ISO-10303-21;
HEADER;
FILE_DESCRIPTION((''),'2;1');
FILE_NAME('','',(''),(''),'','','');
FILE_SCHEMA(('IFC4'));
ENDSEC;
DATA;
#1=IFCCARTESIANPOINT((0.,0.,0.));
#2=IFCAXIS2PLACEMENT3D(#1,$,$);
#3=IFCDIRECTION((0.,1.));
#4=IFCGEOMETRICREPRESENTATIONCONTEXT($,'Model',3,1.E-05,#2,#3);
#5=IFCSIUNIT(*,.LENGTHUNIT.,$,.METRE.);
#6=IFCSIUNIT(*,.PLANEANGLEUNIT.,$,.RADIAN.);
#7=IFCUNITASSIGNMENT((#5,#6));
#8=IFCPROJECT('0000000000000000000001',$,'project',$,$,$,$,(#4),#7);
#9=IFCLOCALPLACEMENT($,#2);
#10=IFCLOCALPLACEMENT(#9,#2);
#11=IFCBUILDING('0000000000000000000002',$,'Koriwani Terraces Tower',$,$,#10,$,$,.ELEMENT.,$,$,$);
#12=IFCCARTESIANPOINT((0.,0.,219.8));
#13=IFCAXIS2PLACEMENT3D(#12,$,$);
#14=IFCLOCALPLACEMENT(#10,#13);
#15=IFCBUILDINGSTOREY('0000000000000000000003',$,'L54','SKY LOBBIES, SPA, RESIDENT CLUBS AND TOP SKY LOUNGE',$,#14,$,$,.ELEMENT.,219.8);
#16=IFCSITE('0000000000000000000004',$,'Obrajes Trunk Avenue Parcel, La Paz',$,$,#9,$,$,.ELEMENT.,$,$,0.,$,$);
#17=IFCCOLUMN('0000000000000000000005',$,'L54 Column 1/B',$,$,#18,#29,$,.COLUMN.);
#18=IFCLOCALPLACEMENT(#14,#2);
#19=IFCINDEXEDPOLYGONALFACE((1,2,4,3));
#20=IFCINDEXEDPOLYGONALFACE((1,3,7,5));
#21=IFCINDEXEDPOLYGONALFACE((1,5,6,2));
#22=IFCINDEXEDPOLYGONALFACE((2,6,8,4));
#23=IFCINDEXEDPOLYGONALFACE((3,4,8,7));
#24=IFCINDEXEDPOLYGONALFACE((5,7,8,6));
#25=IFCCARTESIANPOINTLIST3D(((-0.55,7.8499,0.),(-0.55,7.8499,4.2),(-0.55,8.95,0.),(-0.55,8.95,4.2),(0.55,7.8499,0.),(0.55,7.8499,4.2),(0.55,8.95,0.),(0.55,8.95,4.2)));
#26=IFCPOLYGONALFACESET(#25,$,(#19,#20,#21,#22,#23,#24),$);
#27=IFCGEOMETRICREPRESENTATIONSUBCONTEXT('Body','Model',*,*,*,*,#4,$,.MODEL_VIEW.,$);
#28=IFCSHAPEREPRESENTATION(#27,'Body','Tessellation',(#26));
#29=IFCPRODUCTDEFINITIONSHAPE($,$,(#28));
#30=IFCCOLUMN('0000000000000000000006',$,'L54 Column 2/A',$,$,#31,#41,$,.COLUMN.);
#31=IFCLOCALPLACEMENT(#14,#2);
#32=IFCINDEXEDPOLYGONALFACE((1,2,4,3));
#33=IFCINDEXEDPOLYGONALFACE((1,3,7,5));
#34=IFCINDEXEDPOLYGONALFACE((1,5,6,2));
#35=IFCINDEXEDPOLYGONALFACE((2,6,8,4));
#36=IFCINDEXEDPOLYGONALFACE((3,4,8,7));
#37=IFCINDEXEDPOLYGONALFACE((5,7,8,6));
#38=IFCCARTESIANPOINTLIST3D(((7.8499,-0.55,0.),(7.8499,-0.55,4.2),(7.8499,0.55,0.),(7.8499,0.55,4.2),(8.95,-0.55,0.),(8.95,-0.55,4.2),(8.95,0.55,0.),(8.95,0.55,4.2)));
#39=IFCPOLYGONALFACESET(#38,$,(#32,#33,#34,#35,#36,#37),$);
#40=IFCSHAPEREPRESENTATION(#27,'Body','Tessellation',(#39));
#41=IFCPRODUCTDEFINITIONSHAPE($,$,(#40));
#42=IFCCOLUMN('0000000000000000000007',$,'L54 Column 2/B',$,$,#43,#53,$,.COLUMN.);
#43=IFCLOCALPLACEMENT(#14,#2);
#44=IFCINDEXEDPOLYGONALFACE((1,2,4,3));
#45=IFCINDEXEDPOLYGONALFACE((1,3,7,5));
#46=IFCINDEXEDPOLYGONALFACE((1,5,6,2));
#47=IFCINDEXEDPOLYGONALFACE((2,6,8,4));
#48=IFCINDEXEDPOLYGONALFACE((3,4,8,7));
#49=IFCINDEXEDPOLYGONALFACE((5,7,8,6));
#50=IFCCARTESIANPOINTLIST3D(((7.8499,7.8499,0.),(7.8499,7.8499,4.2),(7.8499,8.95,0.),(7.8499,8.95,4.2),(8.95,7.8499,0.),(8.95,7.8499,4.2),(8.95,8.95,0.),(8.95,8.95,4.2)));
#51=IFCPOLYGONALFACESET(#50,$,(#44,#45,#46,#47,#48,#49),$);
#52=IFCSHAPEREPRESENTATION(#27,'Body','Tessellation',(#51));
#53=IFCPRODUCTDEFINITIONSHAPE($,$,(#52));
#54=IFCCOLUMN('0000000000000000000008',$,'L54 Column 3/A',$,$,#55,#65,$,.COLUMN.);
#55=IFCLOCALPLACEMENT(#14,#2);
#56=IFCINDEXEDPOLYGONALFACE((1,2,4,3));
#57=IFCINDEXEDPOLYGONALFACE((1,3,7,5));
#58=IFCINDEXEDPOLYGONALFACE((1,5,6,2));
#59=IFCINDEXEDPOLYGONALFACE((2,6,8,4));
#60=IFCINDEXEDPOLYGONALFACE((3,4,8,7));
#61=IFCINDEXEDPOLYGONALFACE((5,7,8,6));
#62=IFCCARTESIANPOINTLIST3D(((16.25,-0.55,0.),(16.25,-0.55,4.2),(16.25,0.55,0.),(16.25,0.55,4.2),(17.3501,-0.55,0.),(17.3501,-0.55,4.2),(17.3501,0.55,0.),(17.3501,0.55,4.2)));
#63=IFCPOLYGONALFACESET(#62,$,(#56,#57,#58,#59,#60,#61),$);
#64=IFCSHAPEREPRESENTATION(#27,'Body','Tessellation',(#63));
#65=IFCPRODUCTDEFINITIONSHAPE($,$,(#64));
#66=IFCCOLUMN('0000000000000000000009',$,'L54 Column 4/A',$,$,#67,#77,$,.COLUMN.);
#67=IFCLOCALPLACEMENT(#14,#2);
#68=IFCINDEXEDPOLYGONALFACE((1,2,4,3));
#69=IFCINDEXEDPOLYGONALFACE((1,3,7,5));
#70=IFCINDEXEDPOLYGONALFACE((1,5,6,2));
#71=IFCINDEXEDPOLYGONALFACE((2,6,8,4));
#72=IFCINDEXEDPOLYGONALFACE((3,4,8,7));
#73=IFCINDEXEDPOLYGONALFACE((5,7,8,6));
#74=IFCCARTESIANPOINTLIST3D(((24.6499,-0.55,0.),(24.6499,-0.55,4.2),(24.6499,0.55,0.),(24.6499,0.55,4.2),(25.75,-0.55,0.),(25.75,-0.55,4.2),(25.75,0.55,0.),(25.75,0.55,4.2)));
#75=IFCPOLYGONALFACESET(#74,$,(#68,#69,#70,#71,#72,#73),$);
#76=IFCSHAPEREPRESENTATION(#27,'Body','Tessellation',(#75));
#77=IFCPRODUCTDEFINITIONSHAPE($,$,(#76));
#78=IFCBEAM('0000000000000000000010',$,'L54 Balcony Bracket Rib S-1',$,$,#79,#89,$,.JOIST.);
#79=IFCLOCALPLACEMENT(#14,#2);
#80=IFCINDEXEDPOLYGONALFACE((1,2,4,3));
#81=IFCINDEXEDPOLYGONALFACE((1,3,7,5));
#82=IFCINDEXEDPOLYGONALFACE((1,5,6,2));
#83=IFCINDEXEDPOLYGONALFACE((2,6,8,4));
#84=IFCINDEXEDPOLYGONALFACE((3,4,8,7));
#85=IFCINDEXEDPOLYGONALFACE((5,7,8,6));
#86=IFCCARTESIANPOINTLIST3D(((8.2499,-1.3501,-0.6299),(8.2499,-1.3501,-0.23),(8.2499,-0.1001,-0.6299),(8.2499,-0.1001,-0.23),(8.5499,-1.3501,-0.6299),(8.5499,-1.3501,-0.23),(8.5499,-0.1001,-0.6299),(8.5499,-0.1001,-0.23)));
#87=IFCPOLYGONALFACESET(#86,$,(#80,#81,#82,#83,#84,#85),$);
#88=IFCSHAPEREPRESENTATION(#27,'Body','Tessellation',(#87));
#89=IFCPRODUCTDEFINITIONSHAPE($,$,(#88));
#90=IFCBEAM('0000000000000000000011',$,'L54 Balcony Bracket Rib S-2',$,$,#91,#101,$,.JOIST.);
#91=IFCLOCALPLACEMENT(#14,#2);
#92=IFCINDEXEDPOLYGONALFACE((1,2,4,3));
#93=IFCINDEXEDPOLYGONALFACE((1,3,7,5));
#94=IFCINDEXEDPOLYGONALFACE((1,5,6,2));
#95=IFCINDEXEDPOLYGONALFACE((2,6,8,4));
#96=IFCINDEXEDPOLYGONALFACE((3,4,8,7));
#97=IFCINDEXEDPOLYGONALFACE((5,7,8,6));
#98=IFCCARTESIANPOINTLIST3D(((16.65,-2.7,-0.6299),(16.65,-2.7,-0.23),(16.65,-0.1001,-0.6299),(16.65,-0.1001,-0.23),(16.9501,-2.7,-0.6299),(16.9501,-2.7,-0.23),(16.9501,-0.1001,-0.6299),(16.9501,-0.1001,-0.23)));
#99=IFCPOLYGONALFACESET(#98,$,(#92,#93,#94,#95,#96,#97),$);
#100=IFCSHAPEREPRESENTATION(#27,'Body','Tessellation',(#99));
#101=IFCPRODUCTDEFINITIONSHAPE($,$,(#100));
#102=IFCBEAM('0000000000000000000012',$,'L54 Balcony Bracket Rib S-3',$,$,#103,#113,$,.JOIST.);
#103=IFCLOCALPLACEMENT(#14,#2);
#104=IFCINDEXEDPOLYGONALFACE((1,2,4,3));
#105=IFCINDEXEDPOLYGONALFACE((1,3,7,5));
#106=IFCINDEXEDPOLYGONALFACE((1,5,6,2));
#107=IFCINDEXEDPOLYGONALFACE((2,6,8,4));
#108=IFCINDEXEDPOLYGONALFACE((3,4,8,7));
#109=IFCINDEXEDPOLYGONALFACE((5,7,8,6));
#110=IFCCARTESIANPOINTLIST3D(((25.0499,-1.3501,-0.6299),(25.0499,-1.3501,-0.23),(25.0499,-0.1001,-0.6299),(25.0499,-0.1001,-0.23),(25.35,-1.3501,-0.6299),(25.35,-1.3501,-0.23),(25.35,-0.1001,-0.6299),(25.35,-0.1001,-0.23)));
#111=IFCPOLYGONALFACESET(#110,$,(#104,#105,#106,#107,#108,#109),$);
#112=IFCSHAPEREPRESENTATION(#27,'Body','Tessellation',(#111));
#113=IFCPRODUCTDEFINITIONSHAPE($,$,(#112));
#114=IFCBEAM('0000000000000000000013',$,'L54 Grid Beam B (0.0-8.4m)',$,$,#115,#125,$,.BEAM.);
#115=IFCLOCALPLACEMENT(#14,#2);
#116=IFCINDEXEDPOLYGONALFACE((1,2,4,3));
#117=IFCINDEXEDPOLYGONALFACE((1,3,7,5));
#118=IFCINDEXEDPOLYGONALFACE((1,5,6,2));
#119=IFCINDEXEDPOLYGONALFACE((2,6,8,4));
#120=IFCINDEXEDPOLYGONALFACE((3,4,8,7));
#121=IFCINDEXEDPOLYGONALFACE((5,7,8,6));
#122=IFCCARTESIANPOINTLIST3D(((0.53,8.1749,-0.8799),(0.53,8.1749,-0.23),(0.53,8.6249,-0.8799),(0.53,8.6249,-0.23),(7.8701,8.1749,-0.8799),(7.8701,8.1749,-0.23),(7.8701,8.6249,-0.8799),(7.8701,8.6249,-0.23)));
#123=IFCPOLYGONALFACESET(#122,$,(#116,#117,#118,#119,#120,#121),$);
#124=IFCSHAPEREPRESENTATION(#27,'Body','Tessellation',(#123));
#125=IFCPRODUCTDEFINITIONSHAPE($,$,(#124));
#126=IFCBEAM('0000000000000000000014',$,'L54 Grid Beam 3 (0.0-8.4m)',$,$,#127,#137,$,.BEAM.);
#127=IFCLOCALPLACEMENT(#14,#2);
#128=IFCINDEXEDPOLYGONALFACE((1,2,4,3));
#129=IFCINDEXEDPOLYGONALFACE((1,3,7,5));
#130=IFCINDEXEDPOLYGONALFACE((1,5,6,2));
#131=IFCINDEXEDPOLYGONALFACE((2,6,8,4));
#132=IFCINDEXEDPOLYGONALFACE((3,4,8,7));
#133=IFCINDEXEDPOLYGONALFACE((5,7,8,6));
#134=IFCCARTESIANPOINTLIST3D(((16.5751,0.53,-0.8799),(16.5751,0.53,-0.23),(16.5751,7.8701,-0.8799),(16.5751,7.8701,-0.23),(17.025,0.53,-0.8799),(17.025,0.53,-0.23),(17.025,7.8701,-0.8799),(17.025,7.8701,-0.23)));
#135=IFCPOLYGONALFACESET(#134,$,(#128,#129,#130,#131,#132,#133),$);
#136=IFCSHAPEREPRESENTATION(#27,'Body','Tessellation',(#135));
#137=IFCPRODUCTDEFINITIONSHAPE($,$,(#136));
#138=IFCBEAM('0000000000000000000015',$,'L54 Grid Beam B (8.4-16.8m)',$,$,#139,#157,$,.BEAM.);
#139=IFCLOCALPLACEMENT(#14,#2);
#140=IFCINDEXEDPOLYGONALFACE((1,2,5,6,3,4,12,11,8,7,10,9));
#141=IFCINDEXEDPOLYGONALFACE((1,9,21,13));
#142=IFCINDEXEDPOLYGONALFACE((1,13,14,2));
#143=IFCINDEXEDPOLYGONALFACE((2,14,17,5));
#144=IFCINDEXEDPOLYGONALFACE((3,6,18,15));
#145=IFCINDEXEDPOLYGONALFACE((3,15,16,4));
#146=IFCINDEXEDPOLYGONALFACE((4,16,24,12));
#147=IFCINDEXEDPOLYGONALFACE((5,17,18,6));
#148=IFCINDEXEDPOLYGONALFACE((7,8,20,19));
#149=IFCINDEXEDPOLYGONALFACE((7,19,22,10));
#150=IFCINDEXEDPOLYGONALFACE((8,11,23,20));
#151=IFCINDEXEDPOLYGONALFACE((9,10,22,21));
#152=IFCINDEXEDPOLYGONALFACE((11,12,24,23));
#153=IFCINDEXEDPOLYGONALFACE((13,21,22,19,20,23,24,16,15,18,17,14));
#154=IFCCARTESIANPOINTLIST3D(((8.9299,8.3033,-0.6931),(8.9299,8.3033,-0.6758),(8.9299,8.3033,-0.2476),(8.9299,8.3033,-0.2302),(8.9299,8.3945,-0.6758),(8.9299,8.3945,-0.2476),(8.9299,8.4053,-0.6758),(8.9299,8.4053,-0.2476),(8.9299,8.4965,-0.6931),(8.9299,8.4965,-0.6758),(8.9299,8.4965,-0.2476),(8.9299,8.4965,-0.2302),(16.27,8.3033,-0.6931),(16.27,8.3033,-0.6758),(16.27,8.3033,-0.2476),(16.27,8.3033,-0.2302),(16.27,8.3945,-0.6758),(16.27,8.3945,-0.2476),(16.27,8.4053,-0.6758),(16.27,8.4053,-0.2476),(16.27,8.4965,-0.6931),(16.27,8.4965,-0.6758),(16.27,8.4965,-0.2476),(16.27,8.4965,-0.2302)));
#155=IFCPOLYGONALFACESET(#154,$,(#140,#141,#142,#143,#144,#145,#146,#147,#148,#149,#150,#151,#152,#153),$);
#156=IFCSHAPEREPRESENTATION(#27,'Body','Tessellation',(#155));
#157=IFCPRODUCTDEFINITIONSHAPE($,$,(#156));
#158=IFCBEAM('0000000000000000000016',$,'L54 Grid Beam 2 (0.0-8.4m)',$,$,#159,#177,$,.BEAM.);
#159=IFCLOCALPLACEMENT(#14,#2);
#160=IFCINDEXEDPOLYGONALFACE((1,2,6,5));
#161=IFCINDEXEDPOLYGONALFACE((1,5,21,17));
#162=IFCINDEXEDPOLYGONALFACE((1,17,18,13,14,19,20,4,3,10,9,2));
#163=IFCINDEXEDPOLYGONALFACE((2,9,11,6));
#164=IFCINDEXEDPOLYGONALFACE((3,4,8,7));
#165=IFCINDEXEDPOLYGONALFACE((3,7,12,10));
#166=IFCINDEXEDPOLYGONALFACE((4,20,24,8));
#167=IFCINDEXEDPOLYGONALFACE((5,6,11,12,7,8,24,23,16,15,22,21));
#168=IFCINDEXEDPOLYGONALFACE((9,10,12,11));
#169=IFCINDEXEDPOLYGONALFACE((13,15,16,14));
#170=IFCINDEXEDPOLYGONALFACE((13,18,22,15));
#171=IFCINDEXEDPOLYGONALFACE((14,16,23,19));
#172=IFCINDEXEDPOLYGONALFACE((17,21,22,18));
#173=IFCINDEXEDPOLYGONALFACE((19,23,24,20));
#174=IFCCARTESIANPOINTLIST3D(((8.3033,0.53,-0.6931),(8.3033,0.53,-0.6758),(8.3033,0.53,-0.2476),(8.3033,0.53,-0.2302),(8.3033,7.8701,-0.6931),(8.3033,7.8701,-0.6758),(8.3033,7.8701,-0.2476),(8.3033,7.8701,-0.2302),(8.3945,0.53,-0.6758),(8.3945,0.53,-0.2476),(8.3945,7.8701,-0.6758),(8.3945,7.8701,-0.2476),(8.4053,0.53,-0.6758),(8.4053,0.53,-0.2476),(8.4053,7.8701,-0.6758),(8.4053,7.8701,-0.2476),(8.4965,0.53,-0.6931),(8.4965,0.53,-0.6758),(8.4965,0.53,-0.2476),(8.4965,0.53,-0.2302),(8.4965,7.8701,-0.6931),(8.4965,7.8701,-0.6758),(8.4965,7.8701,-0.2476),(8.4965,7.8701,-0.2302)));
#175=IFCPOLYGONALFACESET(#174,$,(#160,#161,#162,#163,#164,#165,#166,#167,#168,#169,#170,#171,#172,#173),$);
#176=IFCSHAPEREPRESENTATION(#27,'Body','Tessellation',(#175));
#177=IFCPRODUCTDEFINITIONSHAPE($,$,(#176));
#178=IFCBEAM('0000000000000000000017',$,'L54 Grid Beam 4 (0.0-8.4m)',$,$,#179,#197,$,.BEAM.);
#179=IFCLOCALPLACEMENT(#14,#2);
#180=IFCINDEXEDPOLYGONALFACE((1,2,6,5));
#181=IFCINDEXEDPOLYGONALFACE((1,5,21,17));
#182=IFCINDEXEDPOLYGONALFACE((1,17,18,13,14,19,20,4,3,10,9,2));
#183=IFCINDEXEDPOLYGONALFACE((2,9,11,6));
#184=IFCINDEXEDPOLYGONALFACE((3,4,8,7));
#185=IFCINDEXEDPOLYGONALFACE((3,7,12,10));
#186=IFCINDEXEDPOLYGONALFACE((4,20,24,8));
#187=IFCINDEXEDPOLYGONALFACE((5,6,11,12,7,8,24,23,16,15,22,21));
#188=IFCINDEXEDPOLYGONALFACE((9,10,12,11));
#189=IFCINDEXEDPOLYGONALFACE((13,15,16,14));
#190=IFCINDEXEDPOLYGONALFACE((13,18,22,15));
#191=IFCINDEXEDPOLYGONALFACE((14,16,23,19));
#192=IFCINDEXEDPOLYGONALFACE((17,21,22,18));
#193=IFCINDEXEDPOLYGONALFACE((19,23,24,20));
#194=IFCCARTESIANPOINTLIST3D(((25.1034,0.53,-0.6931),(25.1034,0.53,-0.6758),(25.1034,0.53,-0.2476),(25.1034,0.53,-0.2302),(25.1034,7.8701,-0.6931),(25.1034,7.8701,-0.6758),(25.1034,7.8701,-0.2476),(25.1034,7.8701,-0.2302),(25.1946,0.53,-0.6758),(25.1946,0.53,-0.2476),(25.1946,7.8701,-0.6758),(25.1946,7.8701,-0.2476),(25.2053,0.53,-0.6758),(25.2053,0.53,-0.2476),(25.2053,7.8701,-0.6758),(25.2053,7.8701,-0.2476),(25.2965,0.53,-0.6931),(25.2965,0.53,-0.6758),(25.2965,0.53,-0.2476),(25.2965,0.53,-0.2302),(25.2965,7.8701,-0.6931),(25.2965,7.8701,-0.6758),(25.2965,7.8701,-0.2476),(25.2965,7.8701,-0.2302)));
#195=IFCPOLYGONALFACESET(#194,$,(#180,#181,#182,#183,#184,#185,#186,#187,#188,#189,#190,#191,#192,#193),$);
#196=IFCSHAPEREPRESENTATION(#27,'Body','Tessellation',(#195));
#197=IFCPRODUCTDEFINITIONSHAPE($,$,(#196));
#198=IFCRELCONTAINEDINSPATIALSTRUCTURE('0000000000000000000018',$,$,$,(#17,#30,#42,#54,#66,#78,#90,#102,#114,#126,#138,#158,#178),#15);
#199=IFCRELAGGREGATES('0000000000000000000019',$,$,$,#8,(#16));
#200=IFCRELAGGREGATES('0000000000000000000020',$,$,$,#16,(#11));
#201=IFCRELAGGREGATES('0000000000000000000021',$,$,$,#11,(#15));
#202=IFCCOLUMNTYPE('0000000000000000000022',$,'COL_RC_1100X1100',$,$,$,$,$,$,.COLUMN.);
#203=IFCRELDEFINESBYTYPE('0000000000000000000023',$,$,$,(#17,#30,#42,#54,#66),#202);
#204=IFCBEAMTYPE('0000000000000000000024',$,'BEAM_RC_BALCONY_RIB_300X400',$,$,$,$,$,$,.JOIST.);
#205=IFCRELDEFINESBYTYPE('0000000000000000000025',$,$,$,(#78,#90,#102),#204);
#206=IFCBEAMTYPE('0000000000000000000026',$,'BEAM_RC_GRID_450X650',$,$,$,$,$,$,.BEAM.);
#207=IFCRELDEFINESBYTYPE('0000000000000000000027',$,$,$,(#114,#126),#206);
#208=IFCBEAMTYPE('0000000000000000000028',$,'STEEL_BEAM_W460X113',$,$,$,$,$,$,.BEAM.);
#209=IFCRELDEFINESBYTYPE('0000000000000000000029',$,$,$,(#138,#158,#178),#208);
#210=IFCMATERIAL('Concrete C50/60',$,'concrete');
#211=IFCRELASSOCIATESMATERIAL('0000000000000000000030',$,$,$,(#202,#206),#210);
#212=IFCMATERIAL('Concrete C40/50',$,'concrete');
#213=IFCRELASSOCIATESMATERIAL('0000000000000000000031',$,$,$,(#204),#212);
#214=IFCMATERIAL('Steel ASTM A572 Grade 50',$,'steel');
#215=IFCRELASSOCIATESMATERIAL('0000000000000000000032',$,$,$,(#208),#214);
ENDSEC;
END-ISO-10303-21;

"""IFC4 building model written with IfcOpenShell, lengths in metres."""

from ifc_helpers import new_model, si_unit, direction, frame, origin, origin_2d, place, context, subcontext, project, spatial, rectangle, i_section, extrude, material, material_profile, profile_set, type_object, element, save


model = new_model("IFC4")

# Units and contexts
model_context = context("Model", 3, precision=1e-05, world=origin(), true_north=direction((0.0, 1.0)))
body_context = subcontext(model_context, "Body", "Model", "MODEL_VIEW")
ifc_project = project(units=[si_unit("LENGTHUNIT", "METRE"), si_unit("PLANEANGLEUNIT", "RADIAN")], contexts=[model_context])

# Site, building, storey
site_placement = place(None, origin())
site = spatial("IfcSite", under=ifc_project, at=site_placement, Name="Obrajes Trunk Avenue Parcel, La Paz", CompositionType="ELEMENT", RefElevation=0.0)
building_placement = place(site_placement, origin())
building = spatial("IfcBuilding", under=site, at=building_placement, Name="Koriwani Terraces Tower", CompositionType="ELEMENT")
storey_placement = place(building_placement, frame((0.0, 0.0, 219.8)))
storey = spatial("IfcBuildingStorey", under=building, at=storey_placement, Name="L54", Description="SKY LOBBIES, SPA, RESIDENT CLUBS AND TOP SKY LOUNGE", CompositionType="ELEMENT", Elevation=219.8)

# Columns
ifc_material_1 = material(Name="Concrete C50/60", Category="concrete")
ifc_material_profile_1 = material_profile(ifc_material_1, rectangle(XDim=1.1001, YDim=1.1001, at=origin_2d()), Name="Concrete C50/60", Category="LoadBearing")
ifc_profile_set_1 = profile_set([ifc_material_profile_1], Name="Concrete C50/60")
column_type = type_object("IfcColumnType", Name="COL_RC_1100X1100", PredefinedType="COLUMN", material=ifc_profile_set_1)
for number, where, z_axis, x_axis, name in (
    (1, (0.0, 8.3999, 0.0), (0.0, 0.0, 1.0), (1.0, 0.0, 0.0), "L54 Column 1/B"),
    (2, (8.3999, 0.0, 0.0), (0.0, 0.0, 1.0), (1.0, 0.0, 0.0), "L54 Column 2/A"),
    (3, (8.3999, 8.3999, 0.0), (0.0, 0.0, 1.0), (1.0, 0.0, 0.0), "L54 Column 2/B"),
    (4, (16.8, 0.0, 0.0), (0.0, 0.0, 1.0), (1.0, 0.0, 0.0), "L54 Column 3/A"),
    (5, (25.2, 0.0, 0.0), (0.0, 0.0, 1.0), (1.0, 0.0, 0.0), "L54 Column 4/A"),
):
    element("IfcColumn", number, at=place(storey_placement, frame(where, z_axis=z_axis, x_axis=x_axis)), inside=storey, type_object=column_type, Name=name, PredefinedType="COLUMN", context=body_context, shape_type="SweptSolid", body=[
        extrude(rectangle(XDim=1.1001, YDim=1.1001, at=origin_2d()), origin(), (0.0, 0.0, 1.0), 4.2),
    ])

# Beams
ifc_material_2 = material(Name="Concrete C40/50", Category="concrete")
ifc_material_profile_2 = material_profile(ifc_material_2, rectangle(XDim=0.3, YDim=0.3999, at=origin_2d()), Name="Concrete C40/50", Category="LoadBearing")
ifc_profile_set_2 = profile_set([ifc_material_profile_2], Name="Concrete C40/50")
beam_type_1 = type_object("IfcBeamType", Name="BEAM_RC_BALCONY_RIB_300X400", PredefinedType="JOIST", material=ifc_profile_set_2)
beam_1_placement = place(storey_placement, frame((8.3999, -1.3501, -0.4299), z_axis=(0.0, 1.0, 0.0), x_axis=(-1.0, 0.0, 0.0)))
element("IfcBeam", 6, at=beam_1_placement, inside=storey, type_object=beam_type_1, Name="L54 Balcony Bracket Rib S-1", PredefinedType="JOIST", context=body_context, shape_type="SweptSolid", body=[
    extrude(rectangle(XDim=0.3, YDim=0.3999, at=origin_2d()), origin(), (0.0, 0.0, 1.0), 1.25),
])
beam_2_placement = place(storey_placement, frame((16.8, -2.7, -0.4299), z_axis=(0.0, 1.0, 0.0), x_axis=(-1.0, 0.0, 0.0)))
element("IfcBeam", 7, at=beam_2_placement, inside=storey, type_object=beam_type_1, Name="L54 Balcony Bracket Rib S-2", PredefinedType="JOIST", context=body_context, shape_type="SweptSolid", body=[
    extrude(rectangle(XDim=0.3, YDim=0.3999, at=origin_2d()), origin(), (0.0, 0.0, 1.0), 2.5999),
])
beam_3_placement = place(storey_placement, frame((25.2, -1.3501, -0.4299), z_axis=(0.0, 1.0, 0.0), x_axis=(-1.0, 0.0, 0.0)))
element("IfcBeam", 8, at=beam_3_placement, inside=storey, type_object=beam_type_1, Name="L54 Balcony Bracket Rib S-3", PredefinedType="JOIST", context=body_context, shape_type="SweptSolid", body=[
    extrude(rectangle(XDim=0.3, YDim=0.3999, at=origin_2d()), origin(), (0.0, 0.0, 1.0), 1.25),
])
ifc_material_profile_3 = material_profile(ifc_material_1, rectangle(XDim=0.45, YDim=0.6499, at=origin_2d()), Name="Concrete C50/60", Category="LoadBearing")
ifc_profile_set_3 = profile_set([ifc_material_profile_3], Name="Concrete C50/60")
beam_type_2 = type_object("IfcBeamType", Name="BEAM_RC_GRID_450X650", PredefinedType="BEAM", material=ifc_profile_set_3)
for number, where, z_axis, x_axis, name in (
    (9, (0.53, 8.3999, -0.5549), (1.0, 0.0, 0.0), (0.0, 1.0, 0.0), "L54 Grid Beam B (0.0-8.4m)"),
    (10, (16.8, 0.53, -0.5549), (0.0, 1.0, 0.0), (-1.0, 0.0, 0.0), "L54 Grid Beam 3 (0.0-8.4m)"),
):
    element("IfcBeam", number, at=place(storey_placement, frame(where, z_axis=z_axis, x_axis=x_axis)), inside=storey, type_object=beam_type_2, Name=name, PredefinedType="BEAM", context=body_context, shape_type="SweptSolid", body=[
        extrude(rectangle(XDim=0.45, YDim=0.6499, at=origin_2d()), origin(), (0.0, 0.0, 1.0), 7.3401),
    ])
ifc_material_3 = material(Name="Steel ASTM A572 Grade 50", Category="steel")
ifc_material_profile_4 = material_profile(ifc_material_3, i_section(OverallWidth=0.1931, OverallDepth=0.4629, WebThickness=0.0107, FlangeThickness=0.0173, at=origin_2d()), Name="Steel ASTM A572 Grade 50", Category="LoadBearing")
ifc_profile_set_4 = profile_set([ifc_material_profile_4], Name="Steel ASTM A572 Grade 50")
beam_type_3 = type_object("IfcBeamType", Name="STEEL_BEAM_W460X113", PredefinedType="BEAM", material=ifc_profile_set_4)
for number, where, z_axis, x_axis, name in (
    (11, (8.9299, 8.3999, -0.4617), (1.0, 0.0, 0.0), (0.0, 1.0, 0.0), "L54 Grid Beam B (8.4-16.8m)"),
    (12, (8.3999, 0.53, -0.4617), (0.0, 1.0, 0.0), (-1.0, 0.0, 0.0), "L54 Grid Beam 2 (0.0-8.4m)"),
    (13, (25.2, 0.53, -0.4617), (0.0, 1.0, 0.0), (-1.0, 0.0, 0.0), "L54 Grid Beam 4 (0.0-8.4m)"),
):
    element("IfcBeam", number, at=place(storey_placement, frame(where, z_axis=z_axis, x_axis=x_axis)), inside=storey, type_object=beam_type_3, Name=name, PredefinedType="BEAM", context=body_context, shape_type="SweptSolid", body=[
        extrude(i_section(OverallWidth=0.1931, OverallDepth=0.4629, WebThickness=0.0107, FlangeThickness=0.0173, at=origin_2d()), origin(), (0.0, 0.0, 1.0), 7.3401),
    ])

save(model, "model.ifc")
